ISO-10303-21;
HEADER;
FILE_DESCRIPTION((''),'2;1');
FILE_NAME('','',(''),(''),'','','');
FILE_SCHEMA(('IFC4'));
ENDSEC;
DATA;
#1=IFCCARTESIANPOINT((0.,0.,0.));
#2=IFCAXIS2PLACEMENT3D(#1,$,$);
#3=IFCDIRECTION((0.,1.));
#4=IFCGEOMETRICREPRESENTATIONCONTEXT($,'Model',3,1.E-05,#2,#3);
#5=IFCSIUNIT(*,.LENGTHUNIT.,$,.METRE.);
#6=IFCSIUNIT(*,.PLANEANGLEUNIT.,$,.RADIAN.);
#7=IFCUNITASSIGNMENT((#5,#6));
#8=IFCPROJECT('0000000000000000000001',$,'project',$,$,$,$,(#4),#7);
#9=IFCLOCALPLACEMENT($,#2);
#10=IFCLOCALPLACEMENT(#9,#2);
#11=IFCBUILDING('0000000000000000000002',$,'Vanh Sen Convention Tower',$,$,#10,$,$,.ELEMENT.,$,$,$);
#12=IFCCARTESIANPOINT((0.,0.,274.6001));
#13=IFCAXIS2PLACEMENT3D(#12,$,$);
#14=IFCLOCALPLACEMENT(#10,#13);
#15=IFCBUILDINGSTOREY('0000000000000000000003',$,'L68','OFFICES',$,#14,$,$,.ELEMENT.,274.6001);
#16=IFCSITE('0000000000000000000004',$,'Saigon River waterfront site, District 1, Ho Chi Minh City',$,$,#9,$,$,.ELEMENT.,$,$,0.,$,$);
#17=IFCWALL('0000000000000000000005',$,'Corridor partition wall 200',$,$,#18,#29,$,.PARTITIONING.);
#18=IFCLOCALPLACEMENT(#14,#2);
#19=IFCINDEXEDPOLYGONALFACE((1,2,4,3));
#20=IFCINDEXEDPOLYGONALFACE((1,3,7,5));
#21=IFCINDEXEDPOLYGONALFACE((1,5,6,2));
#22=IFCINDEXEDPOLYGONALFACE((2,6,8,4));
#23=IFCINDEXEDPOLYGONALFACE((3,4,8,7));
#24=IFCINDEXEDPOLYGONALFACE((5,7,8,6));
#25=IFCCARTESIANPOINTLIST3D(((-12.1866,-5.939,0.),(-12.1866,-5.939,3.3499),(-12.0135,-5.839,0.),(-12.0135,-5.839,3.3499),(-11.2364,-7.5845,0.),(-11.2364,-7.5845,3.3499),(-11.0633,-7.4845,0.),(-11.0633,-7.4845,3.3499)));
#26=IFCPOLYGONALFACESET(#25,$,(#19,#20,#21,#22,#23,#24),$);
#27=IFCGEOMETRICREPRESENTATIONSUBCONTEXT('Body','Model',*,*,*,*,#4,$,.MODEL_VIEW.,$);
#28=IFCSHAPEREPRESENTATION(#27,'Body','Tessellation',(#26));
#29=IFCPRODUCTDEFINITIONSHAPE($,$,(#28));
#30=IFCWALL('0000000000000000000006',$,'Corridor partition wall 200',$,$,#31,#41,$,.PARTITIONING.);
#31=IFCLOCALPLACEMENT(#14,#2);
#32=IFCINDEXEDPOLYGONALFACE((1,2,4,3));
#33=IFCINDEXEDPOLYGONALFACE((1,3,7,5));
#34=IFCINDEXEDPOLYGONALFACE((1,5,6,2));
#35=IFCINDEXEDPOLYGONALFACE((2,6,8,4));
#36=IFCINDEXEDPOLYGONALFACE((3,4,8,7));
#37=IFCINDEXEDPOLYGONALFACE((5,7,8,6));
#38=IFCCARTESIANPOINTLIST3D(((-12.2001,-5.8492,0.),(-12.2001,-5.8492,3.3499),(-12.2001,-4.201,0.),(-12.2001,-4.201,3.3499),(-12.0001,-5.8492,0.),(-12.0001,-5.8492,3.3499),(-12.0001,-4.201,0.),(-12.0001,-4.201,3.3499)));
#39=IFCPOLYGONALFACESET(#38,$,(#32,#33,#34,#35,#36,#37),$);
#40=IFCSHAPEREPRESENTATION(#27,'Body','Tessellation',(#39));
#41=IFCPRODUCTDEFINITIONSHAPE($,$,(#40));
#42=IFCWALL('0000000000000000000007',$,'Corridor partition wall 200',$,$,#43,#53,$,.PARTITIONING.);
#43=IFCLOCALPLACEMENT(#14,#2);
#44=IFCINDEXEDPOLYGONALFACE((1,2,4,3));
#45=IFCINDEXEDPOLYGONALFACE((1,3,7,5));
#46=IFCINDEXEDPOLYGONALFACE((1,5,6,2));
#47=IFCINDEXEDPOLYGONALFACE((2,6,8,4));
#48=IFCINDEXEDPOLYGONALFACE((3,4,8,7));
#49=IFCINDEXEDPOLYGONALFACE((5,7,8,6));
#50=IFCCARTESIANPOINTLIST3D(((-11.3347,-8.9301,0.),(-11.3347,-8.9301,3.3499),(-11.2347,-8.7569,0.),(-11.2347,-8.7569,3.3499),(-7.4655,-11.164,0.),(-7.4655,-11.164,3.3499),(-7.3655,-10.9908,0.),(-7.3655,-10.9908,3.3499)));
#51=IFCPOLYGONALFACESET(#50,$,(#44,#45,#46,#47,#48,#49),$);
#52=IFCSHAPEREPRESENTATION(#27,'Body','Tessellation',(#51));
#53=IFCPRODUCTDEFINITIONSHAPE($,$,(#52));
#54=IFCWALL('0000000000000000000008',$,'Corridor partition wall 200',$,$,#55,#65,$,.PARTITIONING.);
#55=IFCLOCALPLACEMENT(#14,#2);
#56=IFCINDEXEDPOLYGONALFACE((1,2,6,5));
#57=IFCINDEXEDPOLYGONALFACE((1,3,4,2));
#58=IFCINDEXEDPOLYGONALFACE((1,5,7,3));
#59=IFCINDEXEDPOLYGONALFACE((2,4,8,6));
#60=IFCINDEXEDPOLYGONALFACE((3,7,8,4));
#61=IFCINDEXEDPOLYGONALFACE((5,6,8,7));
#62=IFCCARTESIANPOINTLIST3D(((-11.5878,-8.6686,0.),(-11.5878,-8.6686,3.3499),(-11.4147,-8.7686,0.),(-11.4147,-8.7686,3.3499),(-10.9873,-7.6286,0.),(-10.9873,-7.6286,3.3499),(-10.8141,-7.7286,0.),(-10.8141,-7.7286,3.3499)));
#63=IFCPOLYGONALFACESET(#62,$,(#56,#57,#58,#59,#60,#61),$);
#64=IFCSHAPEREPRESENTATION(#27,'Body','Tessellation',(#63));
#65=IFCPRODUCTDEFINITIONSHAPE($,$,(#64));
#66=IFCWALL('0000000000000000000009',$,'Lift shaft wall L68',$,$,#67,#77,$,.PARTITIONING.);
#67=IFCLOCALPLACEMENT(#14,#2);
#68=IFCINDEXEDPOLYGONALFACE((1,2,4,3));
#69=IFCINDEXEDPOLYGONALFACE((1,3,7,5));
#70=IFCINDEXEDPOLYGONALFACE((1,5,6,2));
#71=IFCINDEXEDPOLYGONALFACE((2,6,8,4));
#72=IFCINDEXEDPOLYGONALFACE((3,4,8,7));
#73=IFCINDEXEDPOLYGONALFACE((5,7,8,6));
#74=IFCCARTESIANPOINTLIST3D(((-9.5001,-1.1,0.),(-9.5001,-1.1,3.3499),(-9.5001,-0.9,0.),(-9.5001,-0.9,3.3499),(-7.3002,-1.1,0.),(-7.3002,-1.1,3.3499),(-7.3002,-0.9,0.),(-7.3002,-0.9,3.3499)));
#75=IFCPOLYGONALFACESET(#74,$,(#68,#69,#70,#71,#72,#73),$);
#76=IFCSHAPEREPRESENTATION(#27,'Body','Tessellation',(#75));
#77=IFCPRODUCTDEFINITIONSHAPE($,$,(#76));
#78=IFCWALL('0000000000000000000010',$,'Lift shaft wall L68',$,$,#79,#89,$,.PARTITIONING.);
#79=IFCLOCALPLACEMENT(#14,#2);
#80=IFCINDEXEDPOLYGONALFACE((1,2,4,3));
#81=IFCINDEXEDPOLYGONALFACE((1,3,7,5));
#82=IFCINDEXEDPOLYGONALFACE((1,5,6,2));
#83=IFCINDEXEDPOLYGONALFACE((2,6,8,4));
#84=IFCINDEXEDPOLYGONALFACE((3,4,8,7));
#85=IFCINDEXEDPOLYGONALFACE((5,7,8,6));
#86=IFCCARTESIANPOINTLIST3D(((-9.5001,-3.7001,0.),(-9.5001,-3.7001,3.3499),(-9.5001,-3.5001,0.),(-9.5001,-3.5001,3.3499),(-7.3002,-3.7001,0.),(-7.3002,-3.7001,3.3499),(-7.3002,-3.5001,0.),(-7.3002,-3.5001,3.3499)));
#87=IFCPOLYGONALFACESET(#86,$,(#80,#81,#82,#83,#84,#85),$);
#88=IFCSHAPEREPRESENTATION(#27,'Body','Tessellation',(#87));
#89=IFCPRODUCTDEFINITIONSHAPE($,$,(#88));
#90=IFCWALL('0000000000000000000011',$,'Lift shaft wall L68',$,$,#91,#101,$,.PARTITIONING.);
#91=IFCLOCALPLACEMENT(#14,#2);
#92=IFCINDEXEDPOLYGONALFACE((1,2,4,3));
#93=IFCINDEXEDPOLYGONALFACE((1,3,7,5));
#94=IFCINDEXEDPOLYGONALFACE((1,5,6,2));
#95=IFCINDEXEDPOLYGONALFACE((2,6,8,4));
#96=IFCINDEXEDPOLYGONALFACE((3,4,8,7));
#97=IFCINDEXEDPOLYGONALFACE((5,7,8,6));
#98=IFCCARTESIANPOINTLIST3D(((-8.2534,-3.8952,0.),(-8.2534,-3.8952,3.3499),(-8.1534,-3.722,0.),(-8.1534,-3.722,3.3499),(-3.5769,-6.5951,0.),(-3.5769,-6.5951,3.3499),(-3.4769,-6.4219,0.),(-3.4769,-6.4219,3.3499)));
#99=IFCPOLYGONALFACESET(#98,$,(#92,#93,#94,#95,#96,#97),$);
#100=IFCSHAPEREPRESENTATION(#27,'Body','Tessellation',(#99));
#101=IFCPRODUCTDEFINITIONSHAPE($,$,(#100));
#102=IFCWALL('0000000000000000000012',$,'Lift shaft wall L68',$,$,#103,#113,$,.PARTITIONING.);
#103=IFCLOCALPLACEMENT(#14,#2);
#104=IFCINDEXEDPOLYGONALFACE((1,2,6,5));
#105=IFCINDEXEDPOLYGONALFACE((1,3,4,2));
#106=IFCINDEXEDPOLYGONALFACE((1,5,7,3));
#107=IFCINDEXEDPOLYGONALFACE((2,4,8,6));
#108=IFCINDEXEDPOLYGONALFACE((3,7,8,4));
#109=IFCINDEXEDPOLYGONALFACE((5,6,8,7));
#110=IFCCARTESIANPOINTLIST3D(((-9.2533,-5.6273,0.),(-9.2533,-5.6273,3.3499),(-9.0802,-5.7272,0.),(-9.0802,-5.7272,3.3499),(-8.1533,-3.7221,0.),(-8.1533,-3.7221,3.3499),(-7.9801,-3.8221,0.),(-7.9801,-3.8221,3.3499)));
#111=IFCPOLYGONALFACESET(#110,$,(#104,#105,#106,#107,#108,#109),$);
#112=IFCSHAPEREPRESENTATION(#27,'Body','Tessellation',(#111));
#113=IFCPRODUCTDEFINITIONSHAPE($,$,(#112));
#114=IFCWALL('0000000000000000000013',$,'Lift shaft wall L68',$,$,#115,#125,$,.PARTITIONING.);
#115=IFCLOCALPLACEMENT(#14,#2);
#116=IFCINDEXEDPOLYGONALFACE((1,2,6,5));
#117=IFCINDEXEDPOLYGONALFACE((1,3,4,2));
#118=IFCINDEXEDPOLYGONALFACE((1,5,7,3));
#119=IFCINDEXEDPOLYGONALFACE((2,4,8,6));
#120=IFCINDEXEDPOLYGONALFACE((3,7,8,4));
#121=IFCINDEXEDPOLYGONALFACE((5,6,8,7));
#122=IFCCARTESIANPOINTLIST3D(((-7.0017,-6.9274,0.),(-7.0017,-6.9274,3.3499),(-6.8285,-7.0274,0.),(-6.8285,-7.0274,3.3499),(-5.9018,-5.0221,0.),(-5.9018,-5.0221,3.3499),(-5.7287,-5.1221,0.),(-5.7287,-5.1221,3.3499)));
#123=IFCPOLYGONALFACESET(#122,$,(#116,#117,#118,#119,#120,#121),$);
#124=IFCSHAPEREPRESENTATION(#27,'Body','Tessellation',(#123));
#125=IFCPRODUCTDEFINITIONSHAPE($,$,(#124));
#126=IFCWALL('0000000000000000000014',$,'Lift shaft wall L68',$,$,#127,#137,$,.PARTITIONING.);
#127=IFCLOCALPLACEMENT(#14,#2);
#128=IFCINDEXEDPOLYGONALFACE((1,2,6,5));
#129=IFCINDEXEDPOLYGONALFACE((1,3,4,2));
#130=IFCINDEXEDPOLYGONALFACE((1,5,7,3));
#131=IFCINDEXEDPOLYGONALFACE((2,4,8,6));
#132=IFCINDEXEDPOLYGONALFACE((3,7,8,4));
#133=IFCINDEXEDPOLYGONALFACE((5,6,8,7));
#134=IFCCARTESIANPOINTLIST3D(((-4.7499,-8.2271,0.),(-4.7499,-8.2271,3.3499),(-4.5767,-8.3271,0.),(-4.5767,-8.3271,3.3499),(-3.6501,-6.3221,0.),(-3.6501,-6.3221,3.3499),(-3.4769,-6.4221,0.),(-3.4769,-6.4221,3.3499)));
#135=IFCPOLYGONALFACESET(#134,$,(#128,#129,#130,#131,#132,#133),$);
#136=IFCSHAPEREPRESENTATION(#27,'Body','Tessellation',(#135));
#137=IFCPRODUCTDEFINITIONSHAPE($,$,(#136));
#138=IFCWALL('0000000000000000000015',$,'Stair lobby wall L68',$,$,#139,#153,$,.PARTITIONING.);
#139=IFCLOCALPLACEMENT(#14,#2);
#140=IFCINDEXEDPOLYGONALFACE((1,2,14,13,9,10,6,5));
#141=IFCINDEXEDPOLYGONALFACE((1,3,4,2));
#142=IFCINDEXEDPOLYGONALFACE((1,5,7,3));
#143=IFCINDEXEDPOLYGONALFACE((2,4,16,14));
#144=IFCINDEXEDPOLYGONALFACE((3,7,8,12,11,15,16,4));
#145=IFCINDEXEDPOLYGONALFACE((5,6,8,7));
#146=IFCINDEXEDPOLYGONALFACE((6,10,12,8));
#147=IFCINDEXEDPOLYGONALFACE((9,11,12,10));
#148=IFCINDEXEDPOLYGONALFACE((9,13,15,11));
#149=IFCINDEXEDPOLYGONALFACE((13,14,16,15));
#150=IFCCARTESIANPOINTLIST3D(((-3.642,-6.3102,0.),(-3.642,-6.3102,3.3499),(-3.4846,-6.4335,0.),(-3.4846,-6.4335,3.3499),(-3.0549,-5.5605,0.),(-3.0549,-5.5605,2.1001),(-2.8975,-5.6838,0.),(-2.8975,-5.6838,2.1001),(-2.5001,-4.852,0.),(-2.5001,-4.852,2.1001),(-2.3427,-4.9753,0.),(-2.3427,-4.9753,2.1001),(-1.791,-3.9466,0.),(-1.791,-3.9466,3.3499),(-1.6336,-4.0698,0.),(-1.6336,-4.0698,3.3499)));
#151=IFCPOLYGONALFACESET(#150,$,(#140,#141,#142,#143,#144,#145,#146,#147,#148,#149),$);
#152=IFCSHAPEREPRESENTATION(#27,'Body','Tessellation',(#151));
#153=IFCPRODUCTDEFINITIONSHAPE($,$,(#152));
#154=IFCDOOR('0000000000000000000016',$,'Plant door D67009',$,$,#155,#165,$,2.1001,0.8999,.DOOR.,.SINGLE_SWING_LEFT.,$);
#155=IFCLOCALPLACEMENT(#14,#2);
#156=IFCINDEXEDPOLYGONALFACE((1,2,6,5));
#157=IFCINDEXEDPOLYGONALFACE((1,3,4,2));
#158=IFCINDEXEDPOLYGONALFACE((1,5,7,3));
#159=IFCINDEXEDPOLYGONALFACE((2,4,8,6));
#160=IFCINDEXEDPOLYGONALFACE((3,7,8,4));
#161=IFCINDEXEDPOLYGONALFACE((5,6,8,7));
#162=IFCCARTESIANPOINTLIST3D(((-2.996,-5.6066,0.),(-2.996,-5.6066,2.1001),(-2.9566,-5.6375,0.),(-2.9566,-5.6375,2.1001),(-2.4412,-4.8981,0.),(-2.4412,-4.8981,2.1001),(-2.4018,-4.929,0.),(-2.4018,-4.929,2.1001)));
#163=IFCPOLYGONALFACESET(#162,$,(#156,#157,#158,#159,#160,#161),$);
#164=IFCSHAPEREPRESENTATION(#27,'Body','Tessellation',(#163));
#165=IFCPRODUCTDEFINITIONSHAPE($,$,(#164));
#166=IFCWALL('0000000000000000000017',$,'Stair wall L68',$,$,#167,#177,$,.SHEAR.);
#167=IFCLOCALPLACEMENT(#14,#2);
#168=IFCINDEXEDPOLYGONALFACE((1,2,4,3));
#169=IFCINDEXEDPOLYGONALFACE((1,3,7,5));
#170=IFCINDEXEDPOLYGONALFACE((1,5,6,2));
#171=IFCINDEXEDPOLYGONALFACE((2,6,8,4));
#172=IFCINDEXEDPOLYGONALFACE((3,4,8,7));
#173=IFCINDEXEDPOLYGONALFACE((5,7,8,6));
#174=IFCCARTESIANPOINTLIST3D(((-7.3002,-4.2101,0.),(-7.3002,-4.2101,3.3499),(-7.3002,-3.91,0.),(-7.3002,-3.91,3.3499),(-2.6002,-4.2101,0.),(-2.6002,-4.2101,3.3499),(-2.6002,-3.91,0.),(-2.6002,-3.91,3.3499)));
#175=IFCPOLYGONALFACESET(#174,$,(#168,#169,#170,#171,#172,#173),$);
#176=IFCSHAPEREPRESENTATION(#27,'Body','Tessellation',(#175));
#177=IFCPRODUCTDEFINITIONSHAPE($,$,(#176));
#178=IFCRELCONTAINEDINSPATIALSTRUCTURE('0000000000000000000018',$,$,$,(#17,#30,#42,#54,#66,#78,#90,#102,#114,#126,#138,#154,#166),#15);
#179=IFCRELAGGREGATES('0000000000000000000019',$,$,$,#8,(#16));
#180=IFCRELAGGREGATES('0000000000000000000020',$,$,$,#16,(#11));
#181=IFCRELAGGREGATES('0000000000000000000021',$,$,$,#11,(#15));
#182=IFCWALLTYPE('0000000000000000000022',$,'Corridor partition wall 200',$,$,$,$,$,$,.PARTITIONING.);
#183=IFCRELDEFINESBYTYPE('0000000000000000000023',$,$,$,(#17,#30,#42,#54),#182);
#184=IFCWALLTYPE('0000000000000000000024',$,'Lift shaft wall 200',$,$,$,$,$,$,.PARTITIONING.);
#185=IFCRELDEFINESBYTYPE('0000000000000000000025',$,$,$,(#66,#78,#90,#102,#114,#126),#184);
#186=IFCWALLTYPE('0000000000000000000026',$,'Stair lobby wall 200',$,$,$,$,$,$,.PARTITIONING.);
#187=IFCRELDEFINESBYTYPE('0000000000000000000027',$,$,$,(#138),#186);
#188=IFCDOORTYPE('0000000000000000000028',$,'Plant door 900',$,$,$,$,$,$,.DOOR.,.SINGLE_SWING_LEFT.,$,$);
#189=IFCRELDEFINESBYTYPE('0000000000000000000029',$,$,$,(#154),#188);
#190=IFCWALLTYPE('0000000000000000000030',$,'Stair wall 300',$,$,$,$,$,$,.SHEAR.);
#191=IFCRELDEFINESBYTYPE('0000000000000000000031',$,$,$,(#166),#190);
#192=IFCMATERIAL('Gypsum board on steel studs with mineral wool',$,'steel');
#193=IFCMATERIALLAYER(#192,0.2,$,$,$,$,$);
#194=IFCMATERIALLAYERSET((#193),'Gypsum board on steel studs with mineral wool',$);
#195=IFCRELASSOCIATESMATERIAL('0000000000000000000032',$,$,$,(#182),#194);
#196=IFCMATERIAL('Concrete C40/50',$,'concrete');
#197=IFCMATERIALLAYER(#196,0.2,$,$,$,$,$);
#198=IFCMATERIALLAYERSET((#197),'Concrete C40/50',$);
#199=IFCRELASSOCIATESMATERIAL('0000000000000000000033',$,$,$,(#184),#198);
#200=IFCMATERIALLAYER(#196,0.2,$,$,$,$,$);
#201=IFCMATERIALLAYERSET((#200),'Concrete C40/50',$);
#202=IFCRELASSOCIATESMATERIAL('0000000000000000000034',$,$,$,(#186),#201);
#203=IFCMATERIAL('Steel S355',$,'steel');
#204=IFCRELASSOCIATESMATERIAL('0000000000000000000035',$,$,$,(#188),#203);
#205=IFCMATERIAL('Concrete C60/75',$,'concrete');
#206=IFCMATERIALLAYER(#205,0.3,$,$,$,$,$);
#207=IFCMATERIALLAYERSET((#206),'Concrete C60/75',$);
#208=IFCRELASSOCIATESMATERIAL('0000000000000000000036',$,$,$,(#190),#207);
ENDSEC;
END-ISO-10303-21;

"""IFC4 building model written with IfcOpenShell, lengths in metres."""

from ifc_helpers import new_model, si_unit, direction, frame, frame_2d, origin, place, context, subcontext, project, spatial, rectangle, extrude, material, layer, layer_set, type_object, element, fill, save


model = new_model("IFC4")

# Units and contexts
model_context = context("Model", 3, precision=1e-05, world=origin(), true_north=direction((0.0, 1.0)))
body_context = subcontext(model_context, "Body", "Model", "MODEL_VIEW")
ifc_project = project(units=[si_unit("LENGTHUNIT", "METRE"), si_unit("PLANEANGLEUNIT", "RADIAN")], contexts=[model_context])

# Site, building, storey
site_placement = place(None, origin())
site = spatial("IfcSite", under=ifc_project, at=site_placement, Name="Saigon River waterfront site, District 1, Ho Chi Minh City", CompositionType="ELEMENT", RefElevation=0.0)
building_placement = place(site_placement, origin())
building = spatial("IfcBuilding", under=site, at=building_placement, Name="Vanh Sen Convention Tower", CompositionType="ELEMENT")
storey_placement = place(building_placement, frame((0.0, 0.0, 274.6001)))
storey = spatial("IfcBuildingStorey", under=building, at=storey_placement, Name="L68", Description="OFFICES", CompositionType="ELEMENT", Elevation=274.6001)

# Shared definitions
ifc_material_1 = material(Name="Concrete C60/75", Category="concrete")
ifc_material_2 = material(Name="Steel S355", Category="steel")

# Walls
ifc_material_3 = material(Name="Gypsum board on steel studs with mineral wool", Category="steel")
ifc_layer_1 = layer(ifc_material_3, 0.2)
ifc_layer_set_1 = layer_set([ifc_layer_1], Name="Gypsum board on steel studs with mineral wool")
wall_type_1 = type_object("IfcWallType", Name="Corridor partition wall 200", PredefinedType="PARTITIONING", material=ifc_layer_set_1)
wall_1_placement = place(storey_placement, frame((-12.1001, -5.8889, 0.0), z_axis=(0.0, 0.0, 1.0), x_axis=(0.500064, -0.865989, 0.0)))
element("IfcWall", 1, at=wall_1_placement, inside=storey, type_object=wall_type_1, Name="Corridor partition wall 200", PredefinedType="PARTITIONING", context=body_context, shape_type="SweptSolid", body=[
    extrude(rectangle(XDim=1.9001, YDim=0.2, at=frame_2d((0.9502, 0.0))), origin(), (0.0, 0.0, 1.0), 3.3499),
])
wall_2_placement = place(storey_placement, frame((-12.1001, -4.2009, 0.0), z_axis=(0.0, 0.0, 1.0), x_axis=(0.0, -1.0, 0.0)))
element("IfcWall", 2, at=wall_2_placement, inside=storey, type_object=wall_type_1, Name="Corridor partition wall 200", PredefinedType="PARTITIONING", context=body_context, shape_type="SweptSolid", body=[
    extrude(rectangle(XDim=1.6482, YDim=0.2, at=frame_2d((0.8242, 0.0))), origin(), (0.0, 0.0, 1.0), 3.3499),
])
wall_3_placement = place(storey_placement, frame((-11.2847, -8.8435, 0.0), z_axis=(0.0, 0.0, 1.0), x_axis=(0.866022, -0.500006, 0.0)))
element("IfcWall", 3, at=wall_3_placement, inside=storey, type_object=wall_type_1, Name="Corridor partition wall 200", PredefinedType="PARTITIONING", context=body_context, shape_type="SweptSolid", body=[
    extrude(rectangle(XDim=4.4678, YDim=0.2, at=frame_2d((2.2339, 0.0))), origin(), (0.0, 0.0, 1.0), 3.3499),
])
wall_4_placement = place(storey_placement, frame((-10.9006, -7.6785, 0.0), z_axis=(0.0, 0.0, 1.0), x_axis=(-0.500074, -0.865982, 0.0)))
element("IfcWall", 4, at=wall_4_placement, inside=storey, type_object=wall_type_1, Name="Corridor partition wall 200", PredefinedType="PARTITIONING", context=body_context, shape_type="SweptSolid", body=[
    extrude(rectangle(XDim=1.2009, YDim=0.2, at=frame_2d((0.6006, 0.0))), origin(), (0.0, 0.0, 1.0), 3.3499),
])
ifc_material_4 = material(Name="Concrete C40/50", Category="concrete")
ifc_layer_2 = layer(ifc_material_4, 0.2)
ifc_layer_set_2 = layer_set([ifc_layer_2], Name="Concrete C40/50")
wall_type_2 = type_object("IfcWallType", Name="Lift shaft wall 200", PredefinedType="PARTITIONING", material=ifc_layer_set_2)
for number, where, z_axis, x_axis, name in (
    (5, (-7.3, -1.0, 0.0), (0.0, 0.0, 1.0), (-1.0, 0.0, 0.0), "Lift shaft wall L68"),
    (6, (-7.3, -3.6001, 0.0), (0.0, 0.0, 1.0), (-1.0, 0.0, 0.0), "Lift shaft wall L68"),
):
    element("IfcWall", number, at=place(storey_placement, frame(where, z_axis=z_axis, x_axis=x_axis)), inside=storey, type_object=wall_type_2, Name=name, PredefinedType="PARTITIONING", context=body_context, shape_type="SweptSolid", body=[
        extrude(rectangle(XDim=2.2, YDim=0.2, at=frame_2d((1.1001, 0.0))), origin(), (0.0, 0.0, 1.0), 3.3499),
    ])
wall_5_placement = place(storey_placement, frame((-8.2034, -3.8086, 0.0), z_axis=(0.0, 0.0, 1.0), x_axis=(0.866028, -0.499995, 0.0)))
element("IfcWall", 7, at=wall_5_placement, inside=storey, type_object=wall_type_2, Name="Lift shaft wall L68", PredefinedType="PARTITIONING", context=body_context, shape_type="SweptSolid", body=[
    extrude(rectangle(XDim=5.3999, YDim=0.2, at=frame_2d((2.7, 0.0))), origin(), (0.0, 0.0, 1.0), 3.3499),
])
for number, where, z_axis, x_axis, name in (
    (8, (-8.0667, -3.772, 0.0), (0.0, 0.0, 1.0), (-0.50003, -0.866008, 0.0), "Lift shaft wall L68"),
    (9, (-5.8152, -5.072, 0.0), (0.0, 0.0, 1.0), (-0.499947, -0.866056, 0.0), "Lift shaft wall L68"),
):
    element("IfcWall", number, at=place(storey_placement, frame(where, z_axis=z_axis, x_axis=x_axis)), inside=storey, type_object=wall_type_2, Name=name, PredefinedType="PARTITIONING", context=body_context, shape_type="SweptSolid", body=[
        extrude(rectangle(XDim=2.2, YDim=0.2, at=frame_2d((1.1001, 0.0))), origin(), (0.0, 0.0, 1.0), 3.3499),
    ])
wall_6_placement = place(storey_placement, frame((-3.5635, -6.3721, 0.0), z_axis=(0.0, 0.0, 1.0), x_axis=(-0.499995, -0.866028, 0.0)))
element("IfcWall", 10, at=wall_6_placement, inside=storey, type_object=wall_type_2, Name="Lift shaft wall L68", PredefinedType="PARTITIONING", context=body_context, shape_type="SweptSolid", body=[
    extrude(rectangle(XDim=2.1997, YDim=0.2, at=frame_2d((1.0999, 0.0))), origin(), (0.0, 0.0, 1.0), 3.3499),
])

# Wall, opening, door
ifc_layer_3 = layer(ifc_material_4, 0.2)
ifc_layer_set_3 = layer_set([ifc_layer_3], Name="Concrete C40/50")
wall_type_3 = type_object("IfcWallType", Name="Stair lobby wall 200", PredefinedType="PARTITIONING", material=ifc_layer_set_3)
wall_7_placement = place(storey_placement, frame((-1.7124, -4.0083, 0.0), z_axis=(0.0, 0.0, 1.0), x_axis=(-0.616549, -0.787316, 0.0)))
wall_7 = element("IfcWall", 11, at=wall_7_placement, inside=storey, type_object=wall_type_3, Name="Stair lobby wall L68", PredefinedType="PARTITIONING", context=body_context, shape_type="SweptSolid", body=[
    extrude(rectangle(XDim=3.0022, YDim=0.2, at=frame_2d((1.501, 0.0))), origin(), (0.0, 0.0, 1.0), 3.3499),
])
opening_1_placement = place(wall_7_placement, frame((1.1499, 0.0, 0.0)))
opening_1 = element("IfcOpeningElement", 12, at=opening_1_placement, cuts=wall_7, PredefinedType="OPENING", context=body_context, shape_type="SweptSolid", body=[
    extrude(rectangle(XDim=0.8999, YDim=2.1001, at=frame_2d((0.45, 1.05))), frame((0.0, 0.1099, 0.0), z_axis=(0.0, -1.0, 0.0), x_axis=(1.0, 0.0, 0.0)), (0.0, 0.0, 1.0), 0.22),
])
door_type_1 = type_object("IfcDoorType", Name="Plant door 900", OperationType="SINGLE_SWING_LEFT", PredefinedType="DOOR", material=ifc_material_2)
door_1_placement = place(opening_1_placement, origin())
door_1 = element("IfcDoor", 13, at=door_1_placement, inside=storey, type_object=door_type_1, Name="Plant door D67009", OperationType="SINGLE_SWING_LEFT", OverallHeight=2.1001, OverallWidth=0.8999, PredefinedType="DOOR", context=body_context, shape_type="SweptSolid", body=[
    extrude(rectangle(XDim=0.8999, YDim=2.1001, at=frame_2d((0.45, 1.05))), frame((0.0, 0.0249, 0.0), z_axis=(0.0, -1.0, 0.0), x_axis=(1.0, 0.0, 0.0)), (0.0, 0.0, 1.0), 0.05),
])
fill(opening_1, door_1)

# Wall
ifc_layer_4 = layer(ifc_material_1, 0.3)
ifc_layer_set_4 = layer_set([ifc_layer_4], Name="Concrete C60/75")
wall_type_4 = type_object("IfcWallType", Name="Stair wall 300", PredefinedType="SHEAR", material=ifc_layer_set_4)
wall_8_placement = place(storey_placement, frame((-2.6001, -4.0601, 0.0), z_axis=(0.0, 0.0, 1.0), x_axis=(-1.0, 0.0, 0.0)))
element("IfcWall", 14, at=wall_8_placement, inside=storey, type_object=wall_type_4, Name="Stair wall L68", PredefinedType="SHEAR", context=body_context, shape_type="SweptSolid", body=[
    extrude(rectangle(XDim=4.7, YDim=0.3, at=frame_2d((2.3501, 0.0))), origin(), (0.0, 0.0, 1.0), 3.3499),
])

save(model, "model.ifc")
